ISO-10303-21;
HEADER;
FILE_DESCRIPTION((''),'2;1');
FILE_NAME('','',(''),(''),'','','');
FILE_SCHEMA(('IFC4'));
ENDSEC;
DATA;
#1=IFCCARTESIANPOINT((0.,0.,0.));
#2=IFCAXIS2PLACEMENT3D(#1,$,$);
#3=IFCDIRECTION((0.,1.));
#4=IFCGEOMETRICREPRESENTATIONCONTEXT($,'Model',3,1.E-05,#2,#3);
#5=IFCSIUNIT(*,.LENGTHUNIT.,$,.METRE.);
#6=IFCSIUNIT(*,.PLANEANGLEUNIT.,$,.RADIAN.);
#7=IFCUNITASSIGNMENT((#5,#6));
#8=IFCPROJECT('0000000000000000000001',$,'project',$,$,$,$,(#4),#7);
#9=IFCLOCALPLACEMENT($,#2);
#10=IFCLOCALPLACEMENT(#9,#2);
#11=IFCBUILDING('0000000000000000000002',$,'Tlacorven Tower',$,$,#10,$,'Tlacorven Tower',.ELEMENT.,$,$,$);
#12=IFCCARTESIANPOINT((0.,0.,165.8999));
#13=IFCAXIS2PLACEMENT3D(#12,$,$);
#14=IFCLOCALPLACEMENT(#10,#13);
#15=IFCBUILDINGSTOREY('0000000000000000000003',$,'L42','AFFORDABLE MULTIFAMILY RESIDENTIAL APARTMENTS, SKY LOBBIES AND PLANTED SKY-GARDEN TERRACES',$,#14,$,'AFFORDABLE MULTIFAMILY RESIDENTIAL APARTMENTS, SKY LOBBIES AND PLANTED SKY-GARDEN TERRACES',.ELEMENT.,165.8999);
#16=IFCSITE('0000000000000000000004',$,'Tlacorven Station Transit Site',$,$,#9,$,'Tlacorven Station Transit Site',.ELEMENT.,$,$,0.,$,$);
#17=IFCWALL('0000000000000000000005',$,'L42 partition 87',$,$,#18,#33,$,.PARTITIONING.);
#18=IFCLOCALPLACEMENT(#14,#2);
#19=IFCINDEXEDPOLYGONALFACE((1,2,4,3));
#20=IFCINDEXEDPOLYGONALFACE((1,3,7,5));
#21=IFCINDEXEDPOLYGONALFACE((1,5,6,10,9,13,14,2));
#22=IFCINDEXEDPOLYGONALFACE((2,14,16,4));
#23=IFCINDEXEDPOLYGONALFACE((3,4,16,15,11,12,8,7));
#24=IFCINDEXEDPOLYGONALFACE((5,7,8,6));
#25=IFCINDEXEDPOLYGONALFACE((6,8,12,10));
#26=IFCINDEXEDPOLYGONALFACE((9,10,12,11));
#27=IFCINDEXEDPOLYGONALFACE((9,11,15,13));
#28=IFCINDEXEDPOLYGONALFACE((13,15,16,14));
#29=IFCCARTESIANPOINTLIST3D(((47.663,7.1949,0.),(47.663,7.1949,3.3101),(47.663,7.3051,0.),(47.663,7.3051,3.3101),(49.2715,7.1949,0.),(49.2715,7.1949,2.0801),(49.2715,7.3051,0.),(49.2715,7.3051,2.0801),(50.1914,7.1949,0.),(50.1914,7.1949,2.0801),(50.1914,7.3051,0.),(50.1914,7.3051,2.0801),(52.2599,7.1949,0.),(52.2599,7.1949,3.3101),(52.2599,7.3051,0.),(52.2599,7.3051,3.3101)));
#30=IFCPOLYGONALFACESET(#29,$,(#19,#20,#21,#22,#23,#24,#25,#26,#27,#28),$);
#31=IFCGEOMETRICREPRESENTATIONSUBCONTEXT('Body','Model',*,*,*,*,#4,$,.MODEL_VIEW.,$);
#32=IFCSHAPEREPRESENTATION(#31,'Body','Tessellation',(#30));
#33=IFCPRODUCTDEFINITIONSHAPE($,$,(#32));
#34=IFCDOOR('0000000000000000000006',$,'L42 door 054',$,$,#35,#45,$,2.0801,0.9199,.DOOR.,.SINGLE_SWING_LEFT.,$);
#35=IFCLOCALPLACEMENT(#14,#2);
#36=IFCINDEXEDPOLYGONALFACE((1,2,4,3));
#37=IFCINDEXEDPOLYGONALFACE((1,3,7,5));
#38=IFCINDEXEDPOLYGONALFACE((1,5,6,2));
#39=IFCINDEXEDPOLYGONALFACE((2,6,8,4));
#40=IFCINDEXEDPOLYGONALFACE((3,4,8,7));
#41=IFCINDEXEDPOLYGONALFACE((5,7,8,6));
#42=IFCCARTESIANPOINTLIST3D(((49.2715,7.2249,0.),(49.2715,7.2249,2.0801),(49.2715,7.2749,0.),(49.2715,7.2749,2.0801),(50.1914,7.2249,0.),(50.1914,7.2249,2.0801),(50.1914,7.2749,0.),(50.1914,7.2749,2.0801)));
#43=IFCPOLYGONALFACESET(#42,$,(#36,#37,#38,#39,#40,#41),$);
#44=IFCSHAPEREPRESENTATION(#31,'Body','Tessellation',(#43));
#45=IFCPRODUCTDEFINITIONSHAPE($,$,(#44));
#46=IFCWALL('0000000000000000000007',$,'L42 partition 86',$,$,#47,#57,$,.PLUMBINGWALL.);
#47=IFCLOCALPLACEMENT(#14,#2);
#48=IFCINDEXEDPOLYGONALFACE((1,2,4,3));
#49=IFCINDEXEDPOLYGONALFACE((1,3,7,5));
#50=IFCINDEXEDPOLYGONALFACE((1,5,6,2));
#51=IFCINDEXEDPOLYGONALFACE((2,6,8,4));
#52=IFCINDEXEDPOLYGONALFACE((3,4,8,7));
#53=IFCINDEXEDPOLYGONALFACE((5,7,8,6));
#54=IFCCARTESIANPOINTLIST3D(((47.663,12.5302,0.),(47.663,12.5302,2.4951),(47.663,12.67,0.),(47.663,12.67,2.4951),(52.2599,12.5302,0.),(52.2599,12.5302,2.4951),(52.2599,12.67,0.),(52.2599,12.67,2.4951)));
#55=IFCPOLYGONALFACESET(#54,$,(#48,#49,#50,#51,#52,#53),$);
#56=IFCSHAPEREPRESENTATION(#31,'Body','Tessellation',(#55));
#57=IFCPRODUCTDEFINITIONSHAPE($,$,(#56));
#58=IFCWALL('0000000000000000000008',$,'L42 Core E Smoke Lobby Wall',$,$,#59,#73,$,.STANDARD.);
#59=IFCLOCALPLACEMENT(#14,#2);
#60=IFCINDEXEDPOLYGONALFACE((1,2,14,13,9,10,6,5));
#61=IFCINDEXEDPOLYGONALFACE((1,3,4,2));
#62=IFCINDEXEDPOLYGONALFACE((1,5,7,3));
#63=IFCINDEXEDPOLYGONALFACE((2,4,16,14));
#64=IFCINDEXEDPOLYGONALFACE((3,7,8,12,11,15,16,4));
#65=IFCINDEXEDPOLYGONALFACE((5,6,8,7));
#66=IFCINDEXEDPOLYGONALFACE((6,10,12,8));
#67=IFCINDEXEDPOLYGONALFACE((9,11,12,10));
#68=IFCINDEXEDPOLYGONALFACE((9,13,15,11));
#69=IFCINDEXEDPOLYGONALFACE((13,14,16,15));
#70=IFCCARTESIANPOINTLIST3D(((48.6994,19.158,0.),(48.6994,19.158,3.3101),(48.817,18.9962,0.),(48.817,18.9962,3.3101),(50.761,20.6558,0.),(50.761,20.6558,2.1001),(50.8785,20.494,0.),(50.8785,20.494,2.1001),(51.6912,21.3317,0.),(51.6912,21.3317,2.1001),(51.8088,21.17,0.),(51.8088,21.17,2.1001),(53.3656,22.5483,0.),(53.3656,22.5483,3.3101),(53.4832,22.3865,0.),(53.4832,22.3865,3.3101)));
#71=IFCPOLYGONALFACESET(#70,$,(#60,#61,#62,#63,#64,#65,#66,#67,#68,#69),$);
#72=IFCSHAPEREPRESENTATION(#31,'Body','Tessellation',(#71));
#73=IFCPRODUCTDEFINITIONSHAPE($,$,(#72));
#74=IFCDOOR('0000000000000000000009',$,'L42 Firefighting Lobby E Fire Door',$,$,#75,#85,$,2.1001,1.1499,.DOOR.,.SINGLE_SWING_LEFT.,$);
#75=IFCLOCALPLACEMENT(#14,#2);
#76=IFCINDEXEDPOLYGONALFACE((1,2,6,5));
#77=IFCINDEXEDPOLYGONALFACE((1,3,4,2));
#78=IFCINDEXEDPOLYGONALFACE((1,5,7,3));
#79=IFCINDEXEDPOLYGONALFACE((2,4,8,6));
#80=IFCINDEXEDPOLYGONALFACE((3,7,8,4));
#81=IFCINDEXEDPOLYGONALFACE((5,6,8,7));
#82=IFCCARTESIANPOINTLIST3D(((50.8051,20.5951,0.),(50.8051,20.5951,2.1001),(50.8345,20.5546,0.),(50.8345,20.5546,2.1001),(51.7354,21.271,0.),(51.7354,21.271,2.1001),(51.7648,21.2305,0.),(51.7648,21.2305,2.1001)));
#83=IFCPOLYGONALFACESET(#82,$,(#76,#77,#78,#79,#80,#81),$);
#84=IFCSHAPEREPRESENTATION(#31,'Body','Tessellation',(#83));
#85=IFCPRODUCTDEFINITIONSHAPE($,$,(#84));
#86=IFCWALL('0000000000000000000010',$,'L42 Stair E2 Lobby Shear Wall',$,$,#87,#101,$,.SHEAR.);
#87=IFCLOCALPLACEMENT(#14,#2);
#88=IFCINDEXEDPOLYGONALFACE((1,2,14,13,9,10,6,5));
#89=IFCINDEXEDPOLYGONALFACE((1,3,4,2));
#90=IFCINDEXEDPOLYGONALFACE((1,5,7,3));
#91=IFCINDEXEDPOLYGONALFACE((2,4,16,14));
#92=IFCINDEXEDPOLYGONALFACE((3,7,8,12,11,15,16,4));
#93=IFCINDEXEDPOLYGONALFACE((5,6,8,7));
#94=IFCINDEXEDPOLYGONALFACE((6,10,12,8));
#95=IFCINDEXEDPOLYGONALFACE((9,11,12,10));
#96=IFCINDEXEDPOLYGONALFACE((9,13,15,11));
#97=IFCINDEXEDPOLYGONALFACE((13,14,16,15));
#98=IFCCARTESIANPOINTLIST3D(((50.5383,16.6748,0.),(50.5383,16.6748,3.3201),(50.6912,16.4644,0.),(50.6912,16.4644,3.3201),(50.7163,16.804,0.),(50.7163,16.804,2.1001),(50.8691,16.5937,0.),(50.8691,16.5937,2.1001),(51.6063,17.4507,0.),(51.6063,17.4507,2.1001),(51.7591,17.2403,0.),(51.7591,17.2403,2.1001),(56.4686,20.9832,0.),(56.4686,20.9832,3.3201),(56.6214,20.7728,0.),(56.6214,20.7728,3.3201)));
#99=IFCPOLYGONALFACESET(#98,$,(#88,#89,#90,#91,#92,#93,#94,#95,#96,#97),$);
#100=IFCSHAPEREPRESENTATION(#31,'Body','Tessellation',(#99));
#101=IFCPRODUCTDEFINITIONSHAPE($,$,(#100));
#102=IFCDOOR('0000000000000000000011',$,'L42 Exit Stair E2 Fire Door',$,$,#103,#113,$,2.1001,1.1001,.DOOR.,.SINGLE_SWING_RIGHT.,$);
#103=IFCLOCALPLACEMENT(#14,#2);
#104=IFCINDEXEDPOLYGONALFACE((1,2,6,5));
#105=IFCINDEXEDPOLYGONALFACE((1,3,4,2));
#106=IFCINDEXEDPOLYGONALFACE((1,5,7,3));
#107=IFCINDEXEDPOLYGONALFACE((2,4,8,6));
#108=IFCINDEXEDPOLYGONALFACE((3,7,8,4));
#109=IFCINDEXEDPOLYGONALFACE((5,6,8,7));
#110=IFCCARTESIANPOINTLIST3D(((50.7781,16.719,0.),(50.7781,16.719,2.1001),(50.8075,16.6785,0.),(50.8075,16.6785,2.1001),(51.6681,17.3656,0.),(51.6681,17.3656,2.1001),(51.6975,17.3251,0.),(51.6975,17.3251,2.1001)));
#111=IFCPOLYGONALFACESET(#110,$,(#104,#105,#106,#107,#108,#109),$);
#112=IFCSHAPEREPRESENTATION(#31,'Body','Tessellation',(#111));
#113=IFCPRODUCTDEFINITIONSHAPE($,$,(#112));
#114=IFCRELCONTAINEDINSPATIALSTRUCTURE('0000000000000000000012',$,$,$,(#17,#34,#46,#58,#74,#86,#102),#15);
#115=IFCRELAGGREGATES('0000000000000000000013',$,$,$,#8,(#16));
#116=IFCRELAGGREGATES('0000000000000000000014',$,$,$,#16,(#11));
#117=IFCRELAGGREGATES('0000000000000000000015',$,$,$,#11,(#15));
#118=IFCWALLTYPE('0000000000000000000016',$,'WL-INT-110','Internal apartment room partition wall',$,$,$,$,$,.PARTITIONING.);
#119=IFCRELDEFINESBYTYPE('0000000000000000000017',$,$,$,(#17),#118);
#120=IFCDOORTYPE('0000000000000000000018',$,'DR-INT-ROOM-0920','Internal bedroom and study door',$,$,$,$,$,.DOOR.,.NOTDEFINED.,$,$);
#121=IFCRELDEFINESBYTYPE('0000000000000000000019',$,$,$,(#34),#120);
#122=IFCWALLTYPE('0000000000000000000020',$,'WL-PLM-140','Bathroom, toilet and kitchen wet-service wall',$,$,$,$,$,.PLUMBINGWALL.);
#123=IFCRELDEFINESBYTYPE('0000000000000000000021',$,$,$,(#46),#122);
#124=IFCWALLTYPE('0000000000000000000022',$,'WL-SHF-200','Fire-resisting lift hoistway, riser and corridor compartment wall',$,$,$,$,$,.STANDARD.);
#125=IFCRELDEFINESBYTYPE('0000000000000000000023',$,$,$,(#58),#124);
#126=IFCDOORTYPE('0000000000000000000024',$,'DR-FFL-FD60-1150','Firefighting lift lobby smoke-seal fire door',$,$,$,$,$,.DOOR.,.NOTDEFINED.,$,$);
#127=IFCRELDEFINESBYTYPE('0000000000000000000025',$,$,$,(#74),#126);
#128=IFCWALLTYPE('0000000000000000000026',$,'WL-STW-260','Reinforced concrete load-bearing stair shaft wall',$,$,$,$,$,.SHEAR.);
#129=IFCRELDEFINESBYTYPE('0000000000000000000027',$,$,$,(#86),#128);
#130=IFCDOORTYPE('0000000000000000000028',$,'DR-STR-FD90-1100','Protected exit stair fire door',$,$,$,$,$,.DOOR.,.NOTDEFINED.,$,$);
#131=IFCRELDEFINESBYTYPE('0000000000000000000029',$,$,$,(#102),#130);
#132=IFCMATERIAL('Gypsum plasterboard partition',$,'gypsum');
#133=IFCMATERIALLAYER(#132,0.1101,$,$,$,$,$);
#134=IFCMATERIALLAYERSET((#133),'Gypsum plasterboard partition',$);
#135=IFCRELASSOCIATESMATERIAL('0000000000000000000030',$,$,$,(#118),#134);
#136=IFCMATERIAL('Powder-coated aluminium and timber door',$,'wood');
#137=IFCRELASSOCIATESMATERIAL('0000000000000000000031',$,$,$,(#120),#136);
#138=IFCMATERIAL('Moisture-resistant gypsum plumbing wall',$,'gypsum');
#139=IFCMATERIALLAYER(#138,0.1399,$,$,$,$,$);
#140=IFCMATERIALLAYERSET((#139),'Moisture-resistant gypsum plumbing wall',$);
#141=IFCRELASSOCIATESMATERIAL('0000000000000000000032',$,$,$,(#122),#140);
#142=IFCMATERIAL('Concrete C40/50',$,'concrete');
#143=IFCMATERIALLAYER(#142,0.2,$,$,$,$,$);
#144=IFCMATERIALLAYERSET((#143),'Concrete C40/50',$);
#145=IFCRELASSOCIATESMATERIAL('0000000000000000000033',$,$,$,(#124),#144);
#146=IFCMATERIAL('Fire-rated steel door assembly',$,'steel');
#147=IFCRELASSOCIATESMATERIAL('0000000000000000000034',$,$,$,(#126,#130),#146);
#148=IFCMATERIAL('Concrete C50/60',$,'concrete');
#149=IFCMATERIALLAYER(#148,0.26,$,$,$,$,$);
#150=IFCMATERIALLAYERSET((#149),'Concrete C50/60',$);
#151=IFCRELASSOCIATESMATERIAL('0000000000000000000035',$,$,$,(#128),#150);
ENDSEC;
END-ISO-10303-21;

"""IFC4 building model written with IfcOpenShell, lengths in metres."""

from ifc_helpers import new_model, si_unit, direction, frame, frame_2d, origin, place, context, subcontext, project, spatial, rectangle, extrude, source, transform, mapped, material, layer, layer_set, type_object, element, fill, save


model = new_model("IFC4")

# Units and contexts
model_context = context("Model", 3, precision=1e-05, world=origin(), true_north=direction((0.0, 1.0)))
body_context = subcontext(model_context, "Body", "Model", "MODEL_VIEW")
ifc_project = project(units=[si_unit("LENGTHUNIT", "METRE"), si_unit("PLANEANGLEUNIT", "RADIAN")], contexts=[model_context])

# Site, building, storey
site_placement = place(None, origin())
site = spatial("IfcSite", under=ifc_project, at=site_placement, Name="Tlacorven Station Transit Site", LongName="Tlacorven Station Transit Site", CompositionType="ELEMENT", RefElevation=0.0)
building_placement = place(site_placement, origin())
building = spatial("IfcBuilding", under=site, at=building_placement, Name="Tlacorven Tower", LongName="Tlacorven Tower", CompositionType="ELEMENT")
storey_placement = place(building_placement, frame((0.0, 0.0, 165.8999)))
storey = spatial("IfcBuildingStorey", under=building, at=storey_placement, Name="L42", Description="AFFORDABLE MULTIFAMILY RESIDENTIAL APARTMENTS, SKY LOBBIES AND PLANTED SKY-GARDEN TERRACES", LongName="AFFORDABLE MULTIFAMILY RESIDENTIAL APARTMENTS, SKY LOBBIES AND PLANTED SKY-GARDEN TERRACES", CompositionType="ELEMENT", Elevation=165.8999)

# Shared definitions
ifc_material_1 = material(Name="Gypsum plasterboard partition", Category="gypsum")
ifc_layer_1 = layer(ifc_material_1, 0.1101)
ifc_layer_set_1 = layer_set([ifc_layer_1], Name="Gypsum plasterboard partition")
wall_type_1 = type_object("IfcWallType", Name="WL-INT-110", Description="Internal apartment room partition wall", PredefinedType="PARTITIONING", material=ifc_layer_set_1)
ifc_material_2 = material(Name="Powder-coated aluminium and timber door", Category="wood")
door_type_1 = type_object("IfcDoorType", Name="DR-INT-ROOM-0920", Description="Internal bedroom and study door", OperationType="NOTDEFINED", PredefinedType="DOOR", material=ifc_material_2)
shared_shape_1 = source(origin(), body_context, "Body", "SweptSolid", [
    extrude(rectangle(XDim=0.9199, YDim=2.0801, at=frame_2d((0.46, 1.04))), frame((0.0, 0.0249, 0.0), z_axis=(0.0, -1.0, 0.0), x_axis=(1.0, 0.0, 0.0)), (0.0, 0.0, 1.0), 0.05),
])

# Wall, opening, door
wall_1_placement = place(storey_placement, frame((47.6631, 7.25, 0.0), z_axis=(0.0, 0.0, 1.0), x_axis=(1.0, 0.0, 0.0)))
wall_1 = element("IfcWall", 1, at=wall_1_placement, inside=storey, type_object=wall_type_1, Name="L42 partition 87", PredefinedType="PARTITIONING", context=body_context, shape_type="SweptSolid", body=[
    extrude(rectangle(XDim=4.5969, YDim=0.1101, at=frame_2d((2.2983, 0.0))), origin(), (0.0, 0.0, 1.0), 3.3101),
])
opening_1_placement = place(wall_1_placement, frame((1.6084, 0.0, 0.0)))
opening_1 = element("IfcOpeningElement", 2, at=opening_1_placement, cuts=wall_1, PredefinedType="OPENING", context=body_context, shape_type="SweptSolid", body=[
    extrude(rectangle(XDim=0.9199, YDim=2.0801, at=frame_2d((0.46, 1.04))), frame((0.0, 0.0649, 0.0), z_axis=(0.0, -1.0, 0.0), x_axis=(1.0, 0.0, 0.0)), (0.0, 0.0, 1.0), 0.1301),
])
door_1_placement = place(opening_1_placement, origin())
door_1 = element("IfcDoor", 3, at=door_1_placement, inside=storey, type_object=door_type_1, Name="L42 door 054", OperationType="SINGLE_SWING_LEFT", OverallHeight=2.0801, OverallWidth=0.9199, PredefinedType="DOOR", context=body_context, shape_type="MappedRepresentation", body=[
    mapped(shared_shape_1, transform((0.0, 0.0, 0.0), scale=1.0)),
])
fill(opening_1, door_1)

# Wall
ifc_material_3 = material(Name="Moisture-resistant gypsum plumbing wall", Category="gypsum")
ifc_layer_2 = layer(ifc_material_3, 0.1399)
ifc_layer_set_2 = layer_set([ifc_layer_2], Name="Moisture-resistant gypsum plumbing wall")
wall_type_2 = type_object("IfcWallType", Name="WL-PLM-140", Description="Bathroom, toilet and kitchen wet-service wall", PredefinedType="PLUMBINGWALL", material=ifc_layer_set_2)
wall_2_placement = place(storey_placement, frame((47.6631, 12.6001, 0.0), z_axis=(0.0, 0.0, 1.0), x_axis=(1.0, 0.0, 0.0)))
element("IfcWall", 4, at=wall_2_placement, inside=storey, type_object=wall_type_2, Name="L42 partition 86", PredefinedType="PLUMBINGWALL", context=body_context, shape_type="SweptSolid", body=[
    extrude(rectangle(XDim=4.5969, YDim=0.1399, at=frame_2d((2.2983, 0.0))), origin(), (0.0, 0.0, 1.0), 2.4951),
])

# Walls, openings, doors
ifc_material_4 = material(Name="Concrete C40/50", Category="concrete")
ifc_layer_3 = layer(ifc_material_4, 0.2)
ifc_layer_set_3 = layer_set([ifc_layer_3], Name="Concrete C40/50")
wall_type_3 = type_object("IfcWallType", Name="WL-SHF-200", Description="Fire-resisting lift hoistway, riser and corridor compartment wall", PredefinedType="STANDARD", material=ifc_layer_set_3)
wall_3_placement = place(storey_placement, frame((48.7583, 19.0771, 0.0), z_axis=(0.0, 0.0, 1.0), x_axis=(0.809005, 0.587802, 0.0)))
wall_3 = element("IfcWall", 5, at=wall_3_placement, inside=storey, type_object=wall_type_3, Name="L42 Core E Smoke Lobby Wall", PredefinedType="STANDARD", context=body_context, shape_type="SweptSolid", body=[
    extrude(rectangle(XDim=5.7678, YDim=0.2, at=frame_2d((2.8838, 0.0))), origin(), (0.0, 0.0, 1.0), 3.3101),
])
opening_2_placement = place(wall_3_placement, frame((2.5481, 0.0, 0.0)))
opening_2 = element("IfcOpeningElement", 6, at=opening_2_placement, cuts=wall_3, PredefinedType="OPENING", context=body_context, shape_type="SweptSolid", body=[
    extrude(rectangle(XDim=1.1499, YDim=2.1001, at=frame_2d((0.575, 1.05))), frame((0.0, 0.1099, 0.0), z_axis=(0.0, -1.0, 0.0), x_axis=(1.0, 0.0, 0.0)), (0.0, 0.0, 1.0), 0.22),
])
ifc_material_5 = material(Name="Fire-rated steel door assembly", Category="steel")
door_type_2 = type_object("IfcDoorType", Name="DR-FFL-FD60-1150", Description="Firefighting lift lobby smoke-seal fire door", OperationType="NOTDEFINED", PredefinedType="DOOR", material=ifc_material_5)
shared_shape_2 = source(origin(), body_context, "Body", "SweptSolid", [
    extrude(rectangle(XDim=1.1499, YDim=2.1001, at=frame_2d((0.575, 1.05))), frame((0.0, 0.0249, 0.0), z_axis=(0.0, -1.0, 0.0), x_axis=(1.0, 0.0, 0.0)), (0.0, 0.0, 1.0), 0.05),
])
door_2_placement = place(opening_2_placement, origin())
door_2 = element("IfcDoor", 7, at=door_2_placement, inside=storey, type_object=door_type_2, Name="L42 Firefighting Lobby E Fire Door", OperationType="SINGLE_SWING_LEFT", OverallHeight=2.1001, OverallWidth=1.1499, PredefinedType="DOOR", context=body_context, shape_type="MappedRepresentation", body=[
    mapped(shared_shape_2, transform((0.0, 0.0, 0.0), scale=1.0)),
])
fill(opening_2, door_2)
ifc_material_6 = material(Name="Concrete C50/60", Category="concrete")
ifc_layer_4 = layer(ifc_material_6, 0.26)
ifc_layer_set_4 = layer_set([ifc_layer_4], Name="Concrete C50/60")
wall_type_4 = type_object("IfcWallType", Name="WL-STW-260", Description="Reinforced concrete load-bearing stair shaft wall", PredefinedType="SHEAR", material=ifc_layer_set_4)
wall_4_placement = place(storey_placement, frame((50.6147, 16.5696, 0.0), z_axis=(0.0, 0.0, 1.0), x_axis=(0.809028, 0.58777, 0.0)))
wall_4 = element("IfcWall", 8, at=wall_4_placement, inside=storey, type_object=wall_type_4, Name="L42 Stair E2 Lobby Shear Wall", PredefinedType="SHEAR", context=body_context, shape_type="SweptSolid", body=[
    extrude(rectangle(XDim=7.3301, YDim=0.26, at=frame_2d((3.665, 0.0))), origin(), (0.0, 0.0, 1.0), 3.3201),
])
opening_3_placement = place(wall_4_placement, frame((0.22, 0.0, 0.0)))
opening_3 = element("IfcOpeningElement", 9, at=opening_3_placement, cuts=wall_4, PredefinedType="OPENING", context=body_context, shape_type="SweptSolid", body=[
    extrude(rectangle(XDim=1.1001, YDim=2.1001, at=frame_2d((0.55, 1.05))), frame((0.0, 0.1401, 0.0), z_axis=(0.0, -1.0, 0.0), x_axis=(1.0, 0.0, 0.0)), (0.0, 0.0, 1.0), 0.28),
])
door_type_3 = type_object("IfcDoorType", Name="DR-STR-FD90-1100", Description="Protected exit stair fire door", OperationType="NOTDEFINED", PredefinedType="DOOR", material=ifc_material_5)
shared_shape_3 = source(origin(), body_context, "Body", "SweptSolid", [
    extrude(rectangle(XDim=1.1001, YDim=2.1001, at=frame_2d((0.55, 1.05))), frame((0.0, 0.0249, 0.0), z_axis=(0.0, -1.0, 0.0), x_axis=(1.0, 0.0, 0.0)), (0.0, 0.0, 1.0), 0.05),
])
door_3_placement = place(opening_3_placement, origin())
door_3 = element("IfcDoor", 10, at=door_3_placement, inside=storey, type_object=door_type_3, Name="L42 Exit Stair E2 Fire Door", OperationType="SINGLE_SWING_RIGHT", OverallHeight=2.1001, OverallWidth=1.1001, PredefinedType="DOOR", context=body_context, shape_type="MappedRepresentation", body=[
    mapped(shared_shape_3, transform((0.0, 0.0, 0.0), scale=1.0)),
])
fill(opening_3, door_3)

save(model, "model.ifc")
